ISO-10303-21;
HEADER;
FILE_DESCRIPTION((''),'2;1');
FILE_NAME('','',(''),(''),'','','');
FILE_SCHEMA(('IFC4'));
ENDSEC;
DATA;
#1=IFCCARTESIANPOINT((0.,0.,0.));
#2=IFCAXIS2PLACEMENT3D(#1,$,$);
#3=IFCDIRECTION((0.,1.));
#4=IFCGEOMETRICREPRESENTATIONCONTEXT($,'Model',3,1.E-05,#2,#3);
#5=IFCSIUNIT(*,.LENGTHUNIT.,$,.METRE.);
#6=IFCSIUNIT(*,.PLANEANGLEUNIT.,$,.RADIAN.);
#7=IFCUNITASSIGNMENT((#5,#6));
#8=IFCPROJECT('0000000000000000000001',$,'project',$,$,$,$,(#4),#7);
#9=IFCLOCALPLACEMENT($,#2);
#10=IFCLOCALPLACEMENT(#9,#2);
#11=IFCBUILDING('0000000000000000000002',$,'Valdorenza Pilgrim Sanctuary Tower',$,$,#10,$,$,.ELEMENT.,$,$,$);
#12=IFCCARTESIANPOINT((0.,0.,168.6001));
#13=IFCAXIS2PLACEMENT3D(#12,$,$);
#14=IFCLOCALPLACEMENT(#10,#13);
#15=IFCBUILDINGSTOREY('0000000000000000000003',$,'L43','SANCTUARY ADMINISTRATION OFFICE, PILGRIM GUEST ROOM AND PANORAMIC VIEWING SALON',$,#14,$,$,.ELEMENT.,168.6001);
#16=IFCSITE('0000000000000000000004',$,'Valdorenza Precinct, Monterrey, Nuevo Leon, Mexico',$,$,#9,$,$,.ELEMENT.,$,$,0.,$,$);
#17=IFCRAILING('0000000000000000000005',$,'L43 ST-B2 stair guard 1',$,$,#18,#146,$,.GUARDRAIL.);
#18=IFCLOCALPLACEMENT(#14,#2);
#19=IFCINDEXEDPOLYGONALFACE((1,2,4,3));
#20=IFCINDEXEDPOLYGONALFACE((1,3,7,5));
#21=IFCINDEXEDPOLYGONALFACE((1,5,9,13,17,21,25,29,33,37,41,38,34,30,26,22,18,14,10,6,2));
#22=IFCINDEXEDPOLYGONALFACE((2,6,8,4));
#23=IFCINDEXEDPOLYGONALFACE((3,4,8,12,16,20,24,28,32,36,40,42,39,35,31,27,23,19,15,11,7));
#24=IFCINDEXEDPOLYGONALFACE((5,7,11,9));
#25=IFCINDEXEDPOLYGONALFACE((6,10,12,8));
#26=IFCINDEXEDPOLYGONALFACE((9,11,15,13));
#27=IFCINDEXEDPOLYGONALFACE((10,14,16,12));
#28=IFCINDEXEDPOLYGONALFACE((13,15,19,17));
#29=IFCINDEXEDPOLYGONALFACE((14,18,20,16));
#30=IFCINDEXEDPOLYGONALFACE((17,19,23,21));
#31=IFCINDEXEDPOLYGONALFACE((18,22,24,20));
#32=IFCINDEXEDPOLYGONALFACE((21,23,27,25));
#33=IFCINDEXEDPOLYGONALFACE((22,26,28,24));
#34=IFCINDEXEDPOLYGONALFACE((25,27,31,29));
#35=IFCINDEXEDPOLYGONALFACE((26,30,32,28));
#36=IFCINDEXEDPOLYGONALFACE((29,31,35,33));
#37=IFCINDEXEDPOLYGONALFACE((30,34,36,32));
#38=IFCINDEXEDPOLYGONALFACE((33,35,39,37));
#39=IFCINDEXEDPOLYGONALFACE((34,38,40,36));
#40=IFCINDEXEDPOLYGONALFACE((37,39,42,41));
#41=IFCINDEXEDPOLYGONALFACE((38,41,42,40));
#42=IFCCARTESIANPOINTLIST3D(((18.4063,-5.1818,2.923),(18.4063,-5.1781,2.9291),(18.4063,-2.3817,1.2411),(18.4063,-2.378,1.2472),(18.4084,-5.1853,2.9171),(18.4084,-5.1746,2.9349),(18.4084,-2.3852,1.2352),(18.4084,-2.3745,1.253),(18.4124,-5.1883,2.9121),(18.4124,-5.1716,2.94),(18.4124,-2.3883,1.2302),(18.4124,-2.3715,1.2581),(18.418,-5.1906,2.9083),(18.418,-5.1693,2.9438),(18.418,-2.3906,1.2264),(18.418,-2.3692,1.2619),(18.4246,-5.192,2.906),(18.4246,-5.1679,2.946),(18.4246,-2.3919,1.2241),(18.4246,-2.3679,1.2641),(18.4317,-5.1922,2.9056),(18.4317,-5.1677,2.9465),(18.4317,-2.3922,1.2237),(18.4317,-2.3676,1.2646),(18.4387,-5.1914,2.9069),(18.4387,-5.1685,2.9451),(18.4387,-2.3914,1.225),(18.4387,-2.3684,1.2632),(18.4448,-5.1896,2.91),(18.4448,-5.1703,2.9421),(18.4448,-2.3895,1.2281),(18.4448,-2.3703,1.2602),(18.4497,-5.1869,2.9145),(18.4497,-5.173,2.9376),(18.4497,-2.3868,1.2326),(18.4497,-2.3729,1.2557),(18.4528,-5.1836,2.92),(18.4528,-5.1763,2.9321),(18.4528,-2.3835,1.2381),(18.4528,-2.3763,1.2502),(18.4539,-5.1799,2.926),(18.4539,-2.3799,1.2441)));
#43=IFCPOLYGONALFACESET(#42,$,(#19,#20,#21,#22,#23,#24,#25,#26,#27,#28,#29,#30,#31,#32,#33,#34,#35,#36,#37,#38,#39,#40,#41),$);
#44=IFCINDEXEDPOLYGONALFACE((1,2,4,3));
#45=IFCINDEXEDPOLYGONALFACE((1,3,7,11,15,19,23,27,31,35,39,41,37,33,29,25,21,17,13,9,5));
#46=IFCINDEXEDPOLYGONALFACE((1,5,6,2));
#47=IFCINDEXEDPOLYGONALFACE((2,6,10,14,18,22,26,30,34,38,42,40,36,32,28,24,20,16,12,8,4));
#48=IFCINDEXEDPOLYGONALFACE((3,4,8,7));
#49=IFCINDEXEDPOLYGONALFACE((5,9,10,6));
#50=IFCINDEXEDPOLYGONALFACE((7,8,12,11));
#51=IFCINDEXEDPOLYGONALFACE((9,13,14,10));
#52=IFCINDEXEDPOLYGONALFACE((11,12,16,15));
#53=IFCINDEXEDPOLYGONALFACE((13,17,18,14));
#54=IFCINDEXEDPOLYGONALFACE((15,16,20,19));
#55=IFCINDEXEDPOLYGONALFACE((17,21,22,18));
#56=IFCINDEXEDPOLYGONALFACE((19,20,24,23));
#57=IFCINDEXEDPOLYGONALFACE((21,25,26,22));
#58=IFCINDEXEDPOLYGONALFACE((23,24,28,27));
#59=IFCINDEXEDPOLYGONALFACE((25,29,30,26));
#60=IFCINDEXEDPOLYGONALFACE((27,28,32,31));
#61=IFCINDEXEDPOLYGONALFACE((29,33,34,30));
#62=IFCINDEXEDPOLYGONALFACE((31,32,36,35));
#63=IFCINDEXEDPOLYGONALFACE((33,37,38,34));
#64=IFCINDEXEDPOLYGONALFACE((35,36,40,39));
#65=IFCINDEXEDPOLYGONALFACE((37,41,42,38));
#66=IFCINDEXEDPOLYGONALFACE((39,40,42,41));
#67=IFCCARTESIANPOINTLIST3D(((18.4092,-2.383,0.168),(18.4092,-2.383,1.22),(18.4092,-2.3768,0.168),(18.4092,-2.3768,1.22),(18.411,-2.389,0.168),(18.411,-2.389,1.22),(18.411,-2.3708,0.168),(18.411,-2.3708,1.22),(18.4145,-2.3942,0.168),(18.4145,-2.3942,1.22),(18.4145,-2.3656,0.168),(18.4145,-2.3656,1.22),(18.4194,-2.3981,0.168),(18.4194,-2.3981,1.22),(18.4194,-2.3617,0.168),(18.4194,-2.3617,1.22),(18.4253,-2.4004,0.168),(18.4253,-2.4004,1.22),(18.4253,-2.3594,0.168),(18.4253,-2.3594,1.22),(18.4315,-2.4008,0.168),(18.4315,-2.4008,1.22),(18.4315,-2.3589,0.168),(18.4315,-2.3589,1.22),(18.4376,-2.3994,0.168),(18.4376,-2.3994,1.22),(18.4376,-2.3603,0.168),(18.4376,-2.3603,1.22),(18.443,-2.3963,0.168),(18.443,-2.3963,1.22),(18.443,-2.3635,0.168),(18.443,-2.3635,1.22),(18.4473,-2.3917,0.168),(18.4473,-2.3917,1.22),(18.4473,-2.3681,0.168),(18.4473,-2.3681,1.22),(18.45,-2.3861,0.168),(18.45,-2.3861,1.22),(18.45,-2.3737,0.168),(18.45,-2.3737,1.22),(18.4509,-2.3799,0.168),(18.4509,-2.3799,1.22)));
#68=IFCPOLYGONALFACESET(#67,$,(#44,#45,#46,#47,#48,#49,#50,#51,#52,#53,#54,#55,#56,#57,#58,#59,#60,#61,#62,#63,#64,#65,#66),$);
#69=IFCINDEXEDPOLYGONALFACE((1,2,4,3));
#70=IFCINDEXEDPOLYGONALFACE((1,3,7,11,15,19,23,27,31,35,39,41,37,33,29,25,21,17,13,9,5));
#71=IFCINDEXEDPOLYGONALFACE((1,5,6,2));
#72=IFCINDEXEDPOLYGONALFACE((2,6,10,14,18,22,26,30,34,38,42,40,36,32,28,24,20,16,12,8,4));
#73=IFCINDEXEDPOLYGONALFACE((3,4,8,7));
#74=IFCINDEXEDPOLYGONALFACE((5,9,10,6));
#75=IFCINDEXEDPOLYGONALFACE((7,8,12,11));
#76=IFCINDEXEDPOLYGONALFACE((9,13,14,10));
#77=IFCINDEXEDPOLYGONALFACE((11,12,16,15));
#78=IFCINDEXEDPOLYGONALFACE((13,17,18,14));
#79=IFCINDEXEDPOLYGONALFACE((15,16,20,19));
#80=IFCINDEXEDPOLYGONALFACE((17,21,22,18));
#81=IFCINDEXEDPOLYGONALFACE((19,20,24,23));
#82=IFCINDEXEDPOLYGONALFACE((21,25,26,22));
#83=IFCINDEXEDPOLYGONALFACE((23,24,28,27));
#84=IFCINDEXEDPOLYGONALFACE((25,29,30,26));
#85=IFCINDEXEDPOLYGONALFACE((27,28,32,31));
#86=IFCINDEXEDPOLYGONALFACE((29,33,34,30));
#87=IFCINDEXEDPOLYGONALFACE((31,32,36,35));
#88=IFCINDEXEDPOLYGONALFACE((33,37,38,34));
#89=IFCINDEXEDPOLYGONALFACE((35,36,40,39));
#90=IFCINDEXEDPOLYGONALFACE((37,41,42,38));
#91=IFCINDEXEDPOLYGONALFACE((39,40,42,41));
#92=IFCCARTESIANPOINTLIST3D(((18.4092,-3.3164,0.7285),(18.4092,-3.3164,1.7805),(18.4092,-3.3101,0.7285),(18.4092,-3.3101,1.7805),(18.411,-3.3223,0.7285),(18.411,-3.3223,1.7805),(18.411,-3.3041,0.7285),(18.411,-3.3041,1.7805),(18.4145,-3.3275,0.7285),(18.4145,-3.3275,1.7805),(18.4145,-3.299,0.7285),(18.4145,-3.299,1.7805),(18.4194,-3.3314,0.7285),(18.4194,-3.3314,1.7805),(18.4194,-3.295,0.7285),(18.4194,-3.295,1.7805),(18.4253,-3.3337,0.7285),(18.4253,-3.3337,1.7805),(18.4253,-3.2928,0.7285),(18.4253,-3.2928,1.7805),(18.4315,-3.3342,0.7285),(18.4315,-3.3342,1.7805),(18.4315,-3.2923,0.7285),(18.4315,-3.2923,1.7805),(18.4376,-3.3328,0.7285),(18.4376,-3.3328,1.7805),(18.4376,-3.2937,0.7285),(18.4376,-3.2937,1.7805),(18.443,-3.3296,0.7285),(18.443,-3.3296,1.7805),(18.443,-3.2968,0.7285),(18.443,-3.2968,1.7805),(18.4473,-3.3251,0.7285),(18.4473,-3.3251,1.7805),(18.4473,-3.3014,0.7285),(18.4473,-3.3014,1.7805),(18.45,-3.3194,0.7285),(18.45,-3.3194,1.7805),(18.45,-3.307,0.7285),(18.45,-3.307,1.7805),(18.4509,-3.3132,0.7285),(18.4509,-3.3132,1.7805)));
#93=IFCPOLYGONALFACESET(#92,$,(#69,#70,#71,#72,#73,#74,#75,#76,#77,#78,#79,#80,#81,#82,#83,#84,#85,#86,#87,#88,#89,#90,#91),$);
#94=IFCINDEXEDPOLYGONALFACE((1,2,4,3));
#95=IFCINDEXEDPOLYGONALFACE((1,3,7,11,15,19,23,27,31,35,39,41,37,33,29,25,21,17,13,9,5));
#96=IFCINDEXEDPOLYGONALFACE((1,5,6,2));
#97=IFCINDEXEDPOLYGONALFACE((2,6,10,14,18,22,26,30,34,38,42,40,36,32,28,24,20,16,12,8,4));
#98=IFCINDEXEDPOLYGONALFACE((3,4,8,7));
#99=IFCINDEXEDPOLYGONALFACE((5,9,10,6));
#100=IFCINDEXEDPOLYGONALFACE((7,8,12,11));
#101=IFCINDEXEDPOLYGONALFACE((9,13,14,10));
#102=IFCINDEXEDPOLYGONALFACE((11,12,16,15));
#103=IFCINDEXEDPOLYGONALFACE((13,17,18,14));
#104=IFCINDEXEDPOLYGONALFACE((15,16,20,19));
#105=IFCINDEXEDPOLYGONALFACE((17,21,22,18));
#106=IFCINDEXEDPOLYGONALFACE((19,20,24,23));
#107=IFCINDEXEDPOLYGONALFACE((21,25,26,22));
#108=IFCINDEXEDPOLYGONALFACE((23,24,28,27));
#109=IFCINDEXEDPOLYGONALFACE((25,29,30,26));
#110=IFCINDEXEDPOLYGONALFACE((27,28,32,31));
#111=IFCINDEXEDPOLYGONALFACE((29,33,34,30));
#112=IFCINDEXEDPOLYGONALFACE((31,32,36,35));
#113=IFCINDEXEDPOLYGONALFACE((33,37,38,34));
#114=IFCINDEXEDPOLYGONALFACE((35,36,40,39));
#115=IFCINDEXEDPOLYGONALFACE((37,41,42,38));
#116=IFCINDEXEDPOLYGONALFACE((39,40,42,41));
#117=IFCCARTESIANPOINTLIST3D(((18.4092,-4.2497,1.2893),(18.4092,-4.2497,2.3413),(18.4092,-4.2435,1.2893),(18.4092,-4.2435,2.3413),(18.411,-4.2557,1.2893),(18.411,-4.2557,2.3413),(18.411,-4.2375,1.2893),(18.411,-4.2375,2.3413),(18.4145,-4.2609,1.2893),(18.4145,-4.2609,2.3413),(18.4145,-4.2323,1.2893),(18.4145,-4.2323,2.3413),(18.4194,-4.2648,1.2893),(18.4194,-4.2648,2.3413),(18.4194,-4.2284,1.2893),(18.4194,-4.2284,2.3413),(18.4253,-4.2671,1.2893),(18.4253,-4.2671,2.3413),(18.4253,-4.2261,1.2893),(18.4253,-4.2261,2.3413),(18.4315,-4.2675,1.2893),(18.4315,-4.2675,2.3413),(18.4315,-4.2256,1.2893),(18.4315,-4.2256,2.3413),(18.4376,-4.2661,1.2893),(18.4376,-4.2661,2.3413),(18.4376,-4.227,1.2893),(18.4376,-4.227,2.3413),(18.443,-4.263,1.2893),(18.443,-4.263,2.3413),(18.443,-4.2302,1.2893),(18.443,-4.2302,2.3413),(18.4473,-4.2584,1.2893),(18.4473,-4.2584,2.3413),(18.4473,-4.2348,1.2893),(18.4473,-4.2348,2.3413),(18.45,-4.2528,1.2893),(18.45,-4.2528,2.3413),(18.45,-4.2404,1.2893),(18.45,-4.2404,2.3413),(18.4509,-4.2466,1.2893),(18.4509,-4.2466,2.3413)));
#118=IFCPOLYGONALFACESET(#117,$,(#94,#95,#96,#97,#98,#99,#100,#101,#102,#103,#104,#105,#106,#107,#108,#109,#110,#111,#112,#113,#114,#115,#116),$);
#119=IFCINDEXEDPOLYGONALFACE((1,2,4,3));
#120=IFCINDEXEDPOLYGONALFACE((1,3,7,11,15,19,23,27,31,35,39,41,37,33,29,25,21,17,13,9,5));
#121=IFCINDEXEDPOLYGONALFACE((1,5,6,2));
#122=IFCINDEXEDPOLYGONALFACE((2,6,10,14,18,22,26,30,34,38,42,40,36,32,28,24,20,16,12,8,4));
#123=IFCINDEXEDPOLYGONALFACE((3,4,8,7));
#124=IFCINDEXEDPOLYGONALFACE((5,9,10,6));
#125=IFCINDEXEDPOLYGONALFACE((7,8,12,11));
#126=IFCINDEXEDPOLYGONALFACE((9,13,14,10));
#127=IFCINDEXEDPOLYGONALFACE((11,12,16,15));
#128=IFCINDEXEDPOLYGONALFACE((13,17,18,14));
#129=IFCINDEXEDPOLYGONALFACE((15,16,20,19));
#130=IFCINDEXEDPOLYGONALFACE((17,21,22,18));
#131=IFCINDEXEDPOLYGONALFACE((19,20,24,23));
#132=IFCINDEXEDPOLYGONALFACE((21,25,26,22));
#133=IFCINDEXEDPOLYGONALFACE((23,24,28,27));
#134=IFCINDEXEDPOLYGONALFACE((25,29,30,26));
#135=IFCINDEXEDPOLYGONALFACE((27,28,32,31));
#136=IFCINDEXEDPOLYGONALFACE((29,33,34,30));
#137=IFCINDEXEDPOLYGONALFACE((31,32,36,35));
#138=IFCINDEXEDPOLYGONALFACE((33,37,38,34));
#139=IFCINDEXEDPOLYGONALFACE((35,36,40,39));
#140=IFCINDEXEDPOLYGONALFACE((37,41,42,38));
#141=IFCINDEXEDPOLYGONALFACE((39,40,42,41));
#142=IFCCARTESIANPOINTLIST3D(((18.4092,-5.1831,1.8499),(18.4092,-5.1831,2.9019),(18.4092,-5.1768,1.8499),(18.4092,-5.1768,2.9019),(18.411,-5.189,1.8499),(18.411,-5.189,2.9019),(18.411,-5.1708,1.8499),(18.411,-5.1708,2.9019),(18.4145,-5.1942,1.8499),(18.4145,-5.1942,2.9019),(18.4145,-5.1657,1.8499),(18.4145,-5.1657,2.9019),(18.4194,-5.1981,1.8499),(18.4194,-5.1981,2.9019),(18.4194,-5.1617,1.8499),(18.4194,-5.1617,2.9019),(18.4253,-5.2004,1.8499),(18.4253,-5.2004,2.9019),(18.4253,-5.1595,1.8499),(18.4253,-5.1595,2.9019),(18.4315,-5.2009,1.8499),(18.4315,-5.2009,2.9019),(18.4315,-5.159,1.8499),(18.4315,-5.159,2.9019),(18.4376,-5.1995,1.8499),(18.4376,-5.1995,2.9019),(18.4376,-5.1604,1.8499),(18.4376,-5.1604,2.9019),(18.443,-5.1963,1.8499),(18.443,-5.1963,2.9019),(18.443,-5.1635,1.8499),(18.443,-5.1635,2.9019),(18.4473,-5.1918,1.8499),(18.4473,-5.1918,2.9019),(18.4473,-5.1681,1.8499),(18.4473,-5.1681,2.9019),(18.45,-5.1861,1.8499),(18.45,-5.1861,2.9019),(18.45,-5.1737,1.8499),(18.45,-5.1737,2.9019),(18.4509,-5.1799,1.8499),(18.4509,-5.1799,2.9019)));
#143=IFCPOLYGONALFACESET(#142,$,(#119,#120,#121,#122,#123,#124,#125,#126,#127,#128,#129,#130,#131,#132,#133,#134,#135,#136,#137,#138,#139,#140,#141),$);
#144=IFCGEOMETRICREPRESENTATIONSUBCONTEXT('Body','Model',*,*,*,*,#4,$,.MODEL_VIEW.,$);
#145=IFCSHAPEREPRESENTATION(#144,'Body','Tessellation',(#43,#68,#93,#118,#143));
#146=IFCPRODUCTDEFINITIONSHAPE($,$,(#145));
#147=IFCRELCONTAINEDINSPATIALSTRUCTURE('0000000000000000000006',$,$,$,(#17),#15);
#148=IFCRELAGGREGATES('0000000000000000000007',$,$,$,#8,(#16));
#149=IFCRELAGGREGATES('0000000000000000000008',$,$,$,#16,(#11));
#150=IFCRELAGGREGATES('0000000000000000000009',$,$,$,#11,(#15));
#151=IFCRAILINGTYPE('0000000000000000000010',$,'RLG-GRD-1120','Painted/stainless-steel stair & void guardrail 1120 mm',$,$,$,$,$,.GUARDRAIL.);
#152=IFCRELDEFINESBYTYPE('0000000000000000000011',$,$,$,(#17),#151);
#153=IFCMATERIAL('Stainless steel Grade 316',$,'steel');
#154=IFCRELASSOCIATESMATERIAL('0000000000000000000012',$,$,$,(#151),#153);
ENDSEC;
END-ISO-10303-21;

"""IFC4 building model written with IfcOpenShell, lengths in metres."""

from ifc_helpers import new_model, si_unit, direction, frame, origin, origin_2d, place, context, subcontext, project, spatial, circle, extrude, material, type_object, element, save


model = new_model("IFC4")

# Units and contexts
model_context = context("Model", 3, precision=1e-05, world=origin(), true_north=direction((0.0, 1.0)))
body_context = subcontext(model_context, "Body", "Model", "MODEL_VIEW")
ifc_project = project(units=[si_unit("LENGTHUNIT", "METRE"), si_unit("PLANEANGLEUNIT", "RADIAN")], contexts=[model_context])

# Site, building, storey
site_placement = place(None, origin())
site = spatial("IfcSite", under=ifc_project, at=site_placement, Name="Valdorenza Precinct, Monterrey, Nuevo Leon, Mexico", CompositionType="ELEMENT", RefElevation=0.0)
building_placement = place(site_placement, origin())
building = spatial("IfcBuilding", under=site, at=building_placement, Name="Valdorenza Pilgrim Sanctuary Tower", CompositionType="ELEMENT")
storey_placement = place(building_placement, frame((0.0, 0.0, 168.6001)))
storey = spatial("IfcBuildingStorey", under=building, at=storey_placement, Name="L43", Description="SANCTUARY ADMINISTRATION OFFICE, PILGRIM GUEST ROOM AND PANORAMIC VIEWING SALON", CompositionType="ELEMENT", Elevation=168.6001)

# Railing
ifc_material_1 = material(Name="Stainless steel Grade 316", Category="steel")
railing_type_1 = type_object("IfcRailingType", Name="RLG-GRD-1120", Description="Painted/stainless-steel stair & void guardrail 1120 mm", PredefinedType="GUARDRAIL", material=ifc_material_1)
railing_1_placement = place(storey_placement, frame((18.4299, -2.3799, 0.168)))
element("IfcRailing", 1, at=railing_1_placement, inside=storey, type_object=railing_type_1, Name="L43 ST-B2 stair guard 1", PredefinedType="GUARDRAIL", context=body_context, shape_type="SweptSolid", body=[
    extrude(circle(Radius=0.0239, at=origin_2d()), frame((0.0, 0.0, 1.0762), z_axis=(0.0, -0.857242, 0.514913), x_axis=(1.0, 0.0, 0.0)), (0.0, 0.0, 1.0), 3.2664),
    extrude(circle(Radius=0.021, at=origin_2d()), origin(), (0.0, 0.0, 1.0), 1.052),
    extrude(circle(Radius=0.021, at=origin_2d()), frame((0.0, -0.9333, 0.5605)), (0.0, 0.0, 1.0), 1.052),
    extrude(circle(Radius=0.021, at=origin_2d()), frame((0.0, -1.8667, 1.1213)), (0.0, 0.0, 1.0), 1.052),
    extrude(circle(Radius=0.021, at=origin_2d()), frame((0.0, -2.8, 1.6819)), (0.0, 0.0, 1.0), 1.052),
])

save(model, "model.ifc")
